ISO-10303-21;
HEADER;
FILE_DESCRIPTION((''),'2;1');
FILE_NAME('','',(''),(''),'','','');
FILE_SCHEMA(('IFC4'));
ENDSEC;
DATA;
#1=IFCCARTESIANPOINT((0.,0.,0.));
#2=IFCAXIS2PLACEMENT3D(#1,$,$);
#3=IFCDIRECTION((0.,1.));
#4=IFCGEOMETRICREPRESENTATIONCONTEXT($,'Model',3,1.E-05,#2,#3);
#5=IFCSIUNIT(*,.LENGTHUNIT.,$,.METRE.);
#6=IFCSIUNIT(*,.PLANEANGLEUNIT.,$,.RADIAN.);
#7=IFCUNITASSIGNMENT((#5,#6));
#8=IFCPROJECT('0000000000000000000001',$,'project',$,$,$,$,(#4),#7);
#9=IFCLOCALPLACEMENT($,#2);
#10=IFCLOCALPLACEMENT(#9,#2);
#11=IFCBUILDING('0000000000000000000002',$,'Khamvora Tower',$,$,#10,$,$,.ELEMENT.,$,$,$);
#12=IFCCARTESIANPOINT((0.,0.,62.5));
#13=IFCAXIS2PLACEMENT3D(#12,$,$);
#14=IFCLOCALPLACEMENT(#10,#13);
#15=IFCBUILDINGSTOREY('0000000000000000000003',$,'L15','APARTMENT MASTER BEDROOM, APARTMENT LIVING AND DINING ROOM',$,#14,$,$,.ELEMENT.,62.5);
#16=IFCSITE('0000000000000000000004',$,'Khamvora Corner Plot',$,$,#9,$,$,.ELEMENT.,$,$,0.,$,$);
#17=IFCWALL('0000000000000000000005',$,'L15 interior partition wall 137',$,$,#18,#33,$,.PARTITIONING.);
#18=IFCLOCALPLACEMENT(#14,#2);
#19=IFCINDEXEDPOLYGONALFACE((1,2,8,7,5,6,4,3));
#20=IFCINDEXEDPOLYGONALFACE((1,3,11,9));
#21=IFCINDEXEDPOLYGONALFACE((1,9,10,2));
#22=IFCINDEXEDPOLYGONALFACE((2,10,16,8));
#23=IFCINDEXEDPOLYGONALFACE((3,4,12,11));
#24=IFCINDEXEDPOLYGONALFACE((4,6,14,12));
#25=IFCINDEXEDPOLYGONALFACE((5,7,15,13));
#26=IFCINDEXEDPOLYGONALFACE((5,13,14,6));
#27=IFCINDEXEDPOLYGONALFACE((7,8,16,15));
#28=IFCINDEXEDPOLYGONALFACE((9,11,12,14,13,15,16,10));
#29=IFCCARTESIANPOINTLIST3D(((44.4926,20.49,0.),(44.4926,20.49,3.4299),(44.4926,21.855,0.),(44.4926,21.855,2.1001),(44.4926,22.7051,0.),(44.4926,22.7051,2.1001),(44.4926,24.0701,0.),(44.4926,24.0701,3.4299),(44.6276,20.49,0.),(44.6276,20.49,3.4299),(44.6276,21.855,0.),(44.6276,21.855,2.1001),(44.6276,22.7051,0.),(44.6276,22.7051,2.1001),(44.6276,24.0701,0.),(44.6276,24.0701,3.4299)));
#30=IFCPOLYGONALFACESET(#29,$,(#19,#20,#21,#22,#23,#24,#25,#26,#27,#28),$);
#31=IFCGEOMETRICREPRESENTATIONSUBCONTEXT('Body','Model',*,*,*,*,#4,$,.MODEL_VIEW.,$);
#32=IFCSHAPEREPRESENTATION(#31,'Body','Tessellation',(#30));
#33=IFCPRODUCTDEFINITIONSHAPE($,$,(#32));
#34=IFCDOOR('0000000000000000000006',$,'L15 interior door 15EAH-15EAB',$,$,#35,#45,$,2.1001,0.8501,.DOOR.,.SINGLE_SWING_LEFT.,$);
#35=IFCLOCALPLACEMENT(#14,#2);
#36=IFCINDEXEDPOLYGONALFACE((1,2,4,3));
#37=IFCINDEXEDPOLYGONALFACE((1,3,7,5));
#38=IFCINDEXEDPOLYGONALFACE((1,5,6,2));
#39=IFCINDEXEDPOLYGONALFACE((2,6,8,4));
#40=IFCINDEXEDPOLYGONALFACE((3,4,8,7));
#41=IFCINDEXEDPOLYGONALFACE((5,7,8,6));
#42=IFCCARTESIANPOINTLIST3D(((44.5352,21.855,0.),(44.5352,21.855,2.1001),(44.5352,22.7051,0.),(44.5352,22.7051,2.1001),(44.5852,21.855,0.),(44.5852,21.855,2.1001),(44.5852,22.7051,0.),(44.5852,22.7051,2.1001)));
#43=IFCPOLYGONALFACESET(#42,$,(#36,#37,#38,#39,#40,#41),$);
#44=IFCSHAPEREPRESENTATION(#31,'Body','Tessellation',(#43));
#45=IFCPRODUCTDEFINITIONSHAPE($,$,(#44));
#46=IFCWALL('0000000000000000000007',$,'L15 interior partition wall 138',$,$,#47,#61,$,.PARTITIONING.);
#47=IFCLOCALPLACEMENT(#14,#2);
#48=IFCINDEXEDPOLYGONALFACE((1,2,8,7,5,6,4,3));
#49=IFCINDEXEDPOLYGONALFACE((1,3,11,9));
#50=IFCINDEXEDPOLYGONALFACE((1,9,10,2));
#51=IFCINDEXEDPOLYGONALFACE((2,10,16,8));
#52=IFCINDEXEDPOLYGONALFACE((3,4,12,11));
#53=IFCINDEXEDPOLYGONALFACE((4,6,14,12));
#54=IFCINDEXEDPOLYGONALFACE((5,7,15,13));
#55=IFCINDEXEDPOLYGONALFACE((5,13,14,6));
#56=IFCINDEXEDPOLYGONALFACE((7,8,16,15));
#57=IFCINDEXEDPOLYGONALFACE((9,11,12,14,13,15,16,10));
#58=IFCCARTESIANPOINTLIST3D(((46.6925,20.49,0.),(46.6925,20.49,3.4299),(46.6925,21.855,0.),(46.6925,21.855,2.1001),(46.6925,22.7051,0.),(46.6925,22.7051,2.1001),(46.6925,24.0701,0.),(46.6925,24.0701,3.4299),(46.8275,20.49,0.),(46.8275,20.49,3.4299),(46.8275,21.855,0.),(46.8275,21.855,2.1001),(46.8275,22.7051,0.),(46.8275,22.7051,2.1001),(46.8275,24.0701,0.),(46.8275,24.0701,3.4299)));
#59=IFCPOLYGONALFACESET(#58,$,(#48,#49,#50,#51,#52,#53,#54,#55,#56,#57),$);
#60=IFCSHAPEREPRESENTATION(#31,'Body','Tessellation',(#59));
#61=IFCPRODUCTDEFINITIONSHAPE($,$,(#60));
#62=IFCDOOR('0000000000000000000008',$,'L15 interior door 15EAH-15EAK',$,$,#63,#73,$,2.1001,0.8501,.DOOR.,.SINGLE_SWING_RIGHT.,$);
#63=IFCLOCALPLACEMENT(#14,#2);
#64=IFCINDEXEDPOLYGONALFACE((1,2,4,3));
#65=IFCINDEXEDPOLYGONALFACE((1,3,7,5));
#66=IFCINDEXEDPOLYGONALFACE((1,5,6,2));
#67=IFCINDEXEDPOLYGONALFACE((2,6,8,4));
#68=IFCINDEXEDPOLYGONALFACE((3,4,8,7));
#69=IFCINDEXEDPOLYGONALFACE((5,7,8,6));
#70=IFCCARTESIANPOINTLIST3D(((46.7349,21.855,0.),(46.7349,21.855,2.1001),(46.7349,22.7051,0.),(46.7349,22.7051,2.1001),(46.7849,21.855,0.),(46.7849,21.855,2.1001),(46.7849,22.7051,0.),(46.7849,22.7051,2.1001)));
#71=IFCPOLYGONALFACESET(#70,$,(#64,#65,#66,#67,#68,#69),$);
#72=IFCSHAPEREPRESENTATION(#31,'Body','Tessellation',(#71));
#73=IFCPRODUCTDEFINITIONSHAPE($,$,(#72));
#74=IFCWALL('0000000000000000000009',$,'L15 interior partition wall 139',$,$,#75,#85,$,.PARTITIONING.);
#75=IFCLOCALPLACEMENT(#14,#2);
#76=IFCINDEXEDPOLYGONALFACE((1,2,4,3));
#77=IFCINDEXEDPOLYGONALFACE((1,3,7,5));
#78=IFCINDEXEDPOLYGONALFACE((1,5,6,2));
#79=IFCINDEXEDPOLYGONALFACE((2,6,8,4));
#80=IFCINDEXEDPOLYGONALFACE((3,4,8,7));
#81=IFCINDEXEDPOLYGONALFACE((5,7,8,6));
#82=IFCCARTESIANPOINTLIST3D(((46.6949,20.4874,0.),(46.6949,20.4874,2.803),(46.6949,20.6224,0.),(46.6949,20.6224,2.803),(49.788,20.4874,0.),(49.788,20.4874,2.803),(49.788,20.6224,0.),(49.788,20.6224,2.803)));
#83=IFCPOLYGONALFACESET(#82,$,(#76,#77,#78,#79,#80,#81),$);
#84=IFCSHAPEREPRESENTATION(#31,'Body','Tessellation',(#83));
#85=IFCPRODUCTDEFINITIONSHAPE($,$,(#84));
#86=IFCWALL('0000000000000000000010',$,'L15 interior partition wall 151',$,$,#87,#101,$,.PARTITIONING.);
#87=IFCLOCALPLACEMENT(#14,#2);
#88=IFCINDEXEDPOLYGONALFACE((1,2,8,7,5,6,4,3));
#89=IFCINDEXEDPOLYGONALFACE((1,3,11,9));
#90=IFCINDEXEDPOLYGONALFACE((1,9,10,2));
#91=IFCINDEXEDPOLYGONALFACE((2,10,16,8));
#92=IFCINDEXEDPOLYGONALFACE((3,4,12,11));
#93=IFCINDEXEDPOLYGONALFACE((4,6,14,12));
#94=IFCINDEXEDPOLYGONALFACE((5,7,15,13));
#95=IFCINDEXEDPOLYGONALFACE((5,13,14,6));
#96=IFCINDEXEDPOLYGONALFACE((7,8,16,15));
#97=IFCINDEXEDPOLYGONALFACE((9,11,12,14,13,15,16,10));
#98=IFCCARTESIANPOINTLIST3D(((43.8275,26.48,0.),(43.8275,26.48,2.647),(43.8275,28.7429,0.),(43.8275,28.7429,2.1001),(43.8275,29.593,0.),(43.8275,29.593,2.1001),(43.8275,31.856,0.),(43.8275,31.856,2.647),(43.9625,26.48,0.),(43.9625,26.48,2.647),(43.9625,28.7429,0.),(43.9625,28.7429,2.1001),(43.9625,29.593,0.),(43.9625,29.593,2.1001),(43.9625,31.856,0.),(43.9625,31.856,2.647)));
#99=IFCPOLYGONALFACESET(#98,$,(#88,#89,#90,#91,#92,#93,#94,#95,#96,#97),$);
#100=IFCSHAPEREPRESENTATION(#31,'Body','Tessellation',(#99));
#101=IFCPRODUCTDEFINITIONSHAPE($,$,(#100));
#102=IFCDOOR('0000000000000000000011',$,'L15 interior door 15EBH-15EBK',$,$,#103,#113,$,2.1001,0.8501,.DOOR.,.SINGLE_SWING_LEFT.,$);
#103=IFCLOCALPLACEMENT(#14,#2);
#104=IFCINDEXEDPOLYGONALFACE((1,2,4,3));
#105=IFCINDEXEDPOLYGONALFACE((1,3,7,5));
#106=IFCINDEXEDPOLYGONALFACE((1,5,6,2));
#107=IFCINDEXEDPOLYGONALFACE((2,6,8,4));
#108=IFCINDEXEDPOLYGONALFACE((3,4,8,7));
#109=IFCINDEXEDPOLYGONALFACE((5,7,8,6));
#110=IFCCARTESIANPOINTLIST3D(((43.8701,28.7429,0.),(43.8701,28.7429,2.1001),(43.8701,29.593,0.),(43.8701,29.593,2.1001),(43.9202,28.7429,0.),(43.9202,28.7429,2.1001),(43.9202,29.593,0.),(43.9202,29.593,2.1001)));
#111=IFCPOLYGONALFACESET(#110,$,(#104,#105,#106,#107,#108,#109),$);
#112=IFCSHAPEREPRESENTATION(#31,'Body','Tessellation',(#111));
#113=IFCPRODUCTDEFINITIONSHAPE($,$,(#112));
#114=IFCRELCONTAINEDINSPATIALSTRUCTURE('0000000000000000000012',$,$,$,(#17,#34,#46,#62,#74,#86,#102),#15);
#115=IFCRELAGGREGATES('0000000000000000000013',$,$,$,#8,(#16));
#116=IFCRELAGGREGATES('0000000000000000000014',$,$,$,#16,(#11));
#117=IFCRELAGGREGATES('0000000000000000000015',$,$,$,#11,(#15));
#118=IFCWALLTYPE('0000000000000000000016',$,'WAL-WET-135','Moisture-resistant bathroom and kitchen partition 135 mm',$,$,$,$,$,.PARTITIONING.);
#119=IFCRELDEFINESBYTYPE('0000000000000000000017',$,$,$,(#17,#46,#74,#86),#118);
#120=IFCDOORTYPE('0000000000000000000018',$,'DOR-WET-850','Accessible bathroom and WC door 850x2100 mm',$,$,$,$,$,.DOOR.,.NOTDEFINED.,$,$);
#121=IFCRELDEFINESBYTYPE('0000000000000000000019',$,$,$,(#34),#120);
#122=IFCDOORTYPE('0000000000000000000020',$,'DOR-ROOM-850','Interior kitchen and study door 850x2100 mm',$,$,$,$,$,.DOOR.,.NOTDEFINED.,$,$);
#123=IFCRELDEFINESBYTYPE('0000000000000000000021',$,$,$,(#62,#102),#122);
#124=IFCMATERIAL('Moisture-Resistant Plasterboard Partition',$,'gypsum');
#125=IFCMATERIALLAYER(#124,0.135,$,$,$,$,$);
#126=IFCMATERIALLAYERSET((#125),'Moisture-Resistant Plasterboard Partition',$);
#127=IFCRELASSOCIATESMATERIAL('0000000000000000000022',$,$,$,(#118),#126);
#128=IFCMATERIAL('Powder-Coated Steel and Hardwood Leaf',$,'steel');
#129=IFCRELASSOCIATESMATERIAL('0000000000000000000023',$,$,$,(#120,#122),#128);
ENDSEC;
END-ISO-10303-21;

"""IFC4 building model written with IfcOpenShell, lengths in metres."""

from ifc_helpers import new_model, si_unit, direction, frame, frame_2d, origin, place, context, subcontext, project, spatial, rectangle, extrude, material, layer, layer_set, type_object, element, fill, save


model = new_model("IFC4")

# Units and contexts
model_context = context("Model", 3, precision=1e-05, world=origin(), true_north=direction((0.0, 1.0)))
body_context = subcontext(model_context, "Body", "Model", "MODEL_VIEW")
ifc_project = project(units=[si_unit("LENGTHUNIT", "METRE"), si_unit("PLANEANGLEUNIT", "RADIAN")], contexts=[model_context])

# Site, building, storey
site_placement = place(None, origin())
site = spatial("IfcSite", under=ifc_project, at=site_placement, Name="Khamvora Corner Plot", CompositionType="ELEMENT", RefElevation=0.0)
building_placement = place(site_placement, origin())
building = spatial("IfcBuilding", under=site, at=building_placement, Name="Khamvora Tower", CompositionType="ELEMENT")
storey_placement = place(building_placement, frame((0.0, 0.0, 62.5)))
storey = spatial("IfcBuildingStorey", under=building, at=storey_placement, Name="L15", Description="APARTMENT MASTER BEDROOM, APARTMENT LIVING AND DINING ROOM", CompositionType="ELEMENT", Elevation=62.5)

# Shared definitions
ifc_material_1 = material(Name="Powder-Coated Steel and Hardwood Leaf", Category="steel")

# Shared definitions
ifc_material_2 = material(Name="Moisture-Resistant Plasterboard Partition", Category="gypsum")
ifc_layer_1 = layer(ifc_material_2, 0.135)
ifc_layer_set_1 = layer_set([ifc_layer_1], Name="Moisture-Resistant Plasterboard Partition")
wall_type_1 = type_object("IfcWallType", Name="WAL-WET-135", Description="Moisture-resistant bathroom and kitchen partition 135 mm", PredefinedType="PARTITIONING", material=ifc_layer_set_1)

# Walls, openings, doors
wall_1_placement = place(storey_placement, frame((44.5601, 20.49, 0.0), z_axis=(0.0, 0.0, 1.0), x_axis=(0.0, 1.0, 0.0)))
wall_1 = element("IfcWall", 1, at=wall_1_placement, inside=storey, type_object=wall_type_1, Name="L15 interior partition wall 137", PredefinedType="PARTITIONING", context=body_context, shape_type="SweptSolid", body=[
    extrude(rectangle(XDim=3.5801, YDim=0.135, at=frame_2d((1.79, 0.0))), origin(), (0.0, 0.0, 1.0), 3.4299),
])
opening_1_placement = place(wall_1_placement, frame((1.365, 0.0, 0.0)))
opening_1 = element("IfcOpeningElement", 2, at=opening_1_placement, cuts=wall_1, PredefinedType="OPENING", context=body_context, shape_type="SweptSolid", body=[
    extrude(rectangle(XDim=0.8501, YDim=2.1001, at=frame_2d((0.425, 1.05))), frame((0.0, 0.0774, 0.0), z_axis=(0.0, -1.0, 0.0), x_axis=(1.0, 0.0, 0.0)), (0.0, 0.0, 1.0), 0.155),
])
door_type_1 = type_object("IfcDoorType", Name="DOR-WET-850", Description="Accessible bathroom and WC door 850x2100 mm", OperationType="NOTDEFINED", PredefinedType="DOOR", material=ifc_material_1)
door_1_placement = place(opening_1_placement, origin())
door_1 = element("IfcDoor", 3, at=door_1_placement, inside=storey, type_object=door_type_1, Name="L15 interior door 15EAH-15EAB", OperationType="SINGLE_SWING_LEFT", OverallHeight=2.1001, OverallWidth=0.8501, PredefinedType="DOOR", context=body_context, shape_type="SweptSolid", body=[
    extrude(rectangle(XDim=0.8501, YDim=2.1001, at=frame_2d((0.425, 1.05))), frame((0.0, 0.0249, 0.0), z_axis=(0.0, -1.0, 0.0), x_axis=(1.0, 0.0, 0.0)), (0.0, 0.0, 1.0), 0.05),
])
fill(opening_1, door_1)
wall_2_placement = place(storey_placement, frame((46.76, 24.0701, 0.0), z_axis=(0.0, 0.0, 1.0), x_axis=(0.0, -1.0, 0.0)))
wall_2 = element("IfcWall", 4, at=wall_2_placement, inside=storey, type_object=wall_type_1, Name="L15 interior partition wall 138", PredefinedType="PARTITIONING", context=body_context, shape_type="SweptSolid", body=[
    extrude(rectangle(XDim=3.5801, YDim=0.135, at=frame_2d((1.79, 0.0))), origin(), (0.0, 0.0, 1.0), 3.4299),
])
opening_2_placement = place(wall_2_placement, frame((1.365, 0.0, 0.0)))
opening_2 = element("IfcOpeningElement", 5, at=opening_2_placement, cuts=wall_2, PredefinedType="OPENING", context=body_context, shape_type="SweptSolid", body=[
    extrude(rectangle(XDim=0.8501, YDim=2.1001, at=frame_2d((0.425, 1.05))), frame((0.0, 0.0774, 0.0), z_axis=(0.0, -1.0, 0.0), x_axis=(1.0, 0.0, 0.0)), (0.0, 0.0, 1.0), 0.155),
])
door_type_2 = type_object("IfcDoorType", Name="DOR-ROOM-850", Description="Interior kitchen and study door 850x2100 mm", OperationType="NOTDEFINED", PredefinedType="DOOR", material=ifc_material_1)
door_2_placement = place(opening_2_placement, origin())
door_2 = element("IfcDoor", 6, at=door_2_placement, inside=storey, type_object=door_type_2, Name="L15 interior door 15EAH-15EAK", OperationType="SINGLE_SWING_RIGHT", OverallHeight=2.1001, OverallWidth=0.8501, PredefinedType="DOOR", context=body_context, shape_type="SweptSolid", body=[
    extrude(rectangle(XDim=0.8501, YDim=2.1001, at=frame_2d((0.425, 1.05))), frame((0.0, 0.0249, 0.0), z_axis=(0.0, -1.0, 0.0), x_axis=(1.0, 0.0, 0.0)), (0.0, 0.0, 1.0), 0.05),
])
fill(opening_2, door_2)

# Wall
wall_3_placement = place(storey_placement, frame((46.6951, 20.5549, 0.0), z_axis=(0.0, 0.0, 1.0), x_axis=(1.0, 0.0, 0.0)))
element("IfcWall", 7, at=wall_3_placement, inside=storey, type_object=wall_type_1, Name="L15 interior partition wall 139", PredefinedType="PARTITIONING", context=body_context, shape_type="SweptSolid", body=[
    extrude(rectangle(XDim=3.093, YDim=0.135, at=frame_2d((1.5464, 0.0))), origin(), (0.0, 0.0, 1.0), 2.803),
])

# Wall, opening, door
wall_4_placement = place(storey_placement, frame((43.895, 26.48, 0.0), z_axis=(0.0, 0.0, 1.0), x_axis=(0.0, 1.0, 0.0)))
wall_4 = element("IfcWall", 8, at=wall_4_placement, inside=storey, type_object=wall_type_1, Name="L15 interior partition wall 151", PredefinedType="PARTITIONING", context=body_context, shape_type="SweptSolid", body=[
    extrude(rectangle(XDim=5.376, YDim=0.135, at=frame_2d((2.688, 0.0))), origin(), (0.0, 0.0, 1.0), 2.647),
])
opening_3_placement = place(wall_4_placement, frame((2.2629, 0.0, 0.0)))
opening_3 = element("IfcOpeningElement", 9, at=opening_3_placement, cuts=wall_4, PredefinedType="OPENING", context=body_context, shape_type="SweptSolid", body=[
    extrude(rectangle(XDim=0.8501, YDim=2.1001, at=frame_2d((0.425, 1.05))), frame((0.0, 0.0774, 0.0), z_axis=(0.0, -1.0, 0.0), x_axis=(1.0, 0.0, 0.0)), (0.0, 0.0, 1.0), 0.155),
])
door_3_placement = place(opening_3_placement, origin())
door_3 = element("IfcDoor", 10, at=door_3_placement, inside=storey, type_object=door_type_2, Name="L15 interior door 15EBH-15EBK", OperationType="SINGLE_SWING_LEFT", OverallHeight=2.1001, OverallWidth=0.8501, PredefinedType="DOOR", context=body_context, shape_type="SweptSolid", body=[
    extrude(rectangle(XDim=0.8501, YDim=2.1001, at=frame_2d((0.425, 1.05))), frame((0.0, 0.0249, 0.0), z_axis=(0.0, -1.0, 0.0), x_axis=(1.0, 0.0, 0.0)), (0.0, 0.0, 1.0), 0.05),
])
fill(opening_3, door_3)

save(model, "model.ifc")
